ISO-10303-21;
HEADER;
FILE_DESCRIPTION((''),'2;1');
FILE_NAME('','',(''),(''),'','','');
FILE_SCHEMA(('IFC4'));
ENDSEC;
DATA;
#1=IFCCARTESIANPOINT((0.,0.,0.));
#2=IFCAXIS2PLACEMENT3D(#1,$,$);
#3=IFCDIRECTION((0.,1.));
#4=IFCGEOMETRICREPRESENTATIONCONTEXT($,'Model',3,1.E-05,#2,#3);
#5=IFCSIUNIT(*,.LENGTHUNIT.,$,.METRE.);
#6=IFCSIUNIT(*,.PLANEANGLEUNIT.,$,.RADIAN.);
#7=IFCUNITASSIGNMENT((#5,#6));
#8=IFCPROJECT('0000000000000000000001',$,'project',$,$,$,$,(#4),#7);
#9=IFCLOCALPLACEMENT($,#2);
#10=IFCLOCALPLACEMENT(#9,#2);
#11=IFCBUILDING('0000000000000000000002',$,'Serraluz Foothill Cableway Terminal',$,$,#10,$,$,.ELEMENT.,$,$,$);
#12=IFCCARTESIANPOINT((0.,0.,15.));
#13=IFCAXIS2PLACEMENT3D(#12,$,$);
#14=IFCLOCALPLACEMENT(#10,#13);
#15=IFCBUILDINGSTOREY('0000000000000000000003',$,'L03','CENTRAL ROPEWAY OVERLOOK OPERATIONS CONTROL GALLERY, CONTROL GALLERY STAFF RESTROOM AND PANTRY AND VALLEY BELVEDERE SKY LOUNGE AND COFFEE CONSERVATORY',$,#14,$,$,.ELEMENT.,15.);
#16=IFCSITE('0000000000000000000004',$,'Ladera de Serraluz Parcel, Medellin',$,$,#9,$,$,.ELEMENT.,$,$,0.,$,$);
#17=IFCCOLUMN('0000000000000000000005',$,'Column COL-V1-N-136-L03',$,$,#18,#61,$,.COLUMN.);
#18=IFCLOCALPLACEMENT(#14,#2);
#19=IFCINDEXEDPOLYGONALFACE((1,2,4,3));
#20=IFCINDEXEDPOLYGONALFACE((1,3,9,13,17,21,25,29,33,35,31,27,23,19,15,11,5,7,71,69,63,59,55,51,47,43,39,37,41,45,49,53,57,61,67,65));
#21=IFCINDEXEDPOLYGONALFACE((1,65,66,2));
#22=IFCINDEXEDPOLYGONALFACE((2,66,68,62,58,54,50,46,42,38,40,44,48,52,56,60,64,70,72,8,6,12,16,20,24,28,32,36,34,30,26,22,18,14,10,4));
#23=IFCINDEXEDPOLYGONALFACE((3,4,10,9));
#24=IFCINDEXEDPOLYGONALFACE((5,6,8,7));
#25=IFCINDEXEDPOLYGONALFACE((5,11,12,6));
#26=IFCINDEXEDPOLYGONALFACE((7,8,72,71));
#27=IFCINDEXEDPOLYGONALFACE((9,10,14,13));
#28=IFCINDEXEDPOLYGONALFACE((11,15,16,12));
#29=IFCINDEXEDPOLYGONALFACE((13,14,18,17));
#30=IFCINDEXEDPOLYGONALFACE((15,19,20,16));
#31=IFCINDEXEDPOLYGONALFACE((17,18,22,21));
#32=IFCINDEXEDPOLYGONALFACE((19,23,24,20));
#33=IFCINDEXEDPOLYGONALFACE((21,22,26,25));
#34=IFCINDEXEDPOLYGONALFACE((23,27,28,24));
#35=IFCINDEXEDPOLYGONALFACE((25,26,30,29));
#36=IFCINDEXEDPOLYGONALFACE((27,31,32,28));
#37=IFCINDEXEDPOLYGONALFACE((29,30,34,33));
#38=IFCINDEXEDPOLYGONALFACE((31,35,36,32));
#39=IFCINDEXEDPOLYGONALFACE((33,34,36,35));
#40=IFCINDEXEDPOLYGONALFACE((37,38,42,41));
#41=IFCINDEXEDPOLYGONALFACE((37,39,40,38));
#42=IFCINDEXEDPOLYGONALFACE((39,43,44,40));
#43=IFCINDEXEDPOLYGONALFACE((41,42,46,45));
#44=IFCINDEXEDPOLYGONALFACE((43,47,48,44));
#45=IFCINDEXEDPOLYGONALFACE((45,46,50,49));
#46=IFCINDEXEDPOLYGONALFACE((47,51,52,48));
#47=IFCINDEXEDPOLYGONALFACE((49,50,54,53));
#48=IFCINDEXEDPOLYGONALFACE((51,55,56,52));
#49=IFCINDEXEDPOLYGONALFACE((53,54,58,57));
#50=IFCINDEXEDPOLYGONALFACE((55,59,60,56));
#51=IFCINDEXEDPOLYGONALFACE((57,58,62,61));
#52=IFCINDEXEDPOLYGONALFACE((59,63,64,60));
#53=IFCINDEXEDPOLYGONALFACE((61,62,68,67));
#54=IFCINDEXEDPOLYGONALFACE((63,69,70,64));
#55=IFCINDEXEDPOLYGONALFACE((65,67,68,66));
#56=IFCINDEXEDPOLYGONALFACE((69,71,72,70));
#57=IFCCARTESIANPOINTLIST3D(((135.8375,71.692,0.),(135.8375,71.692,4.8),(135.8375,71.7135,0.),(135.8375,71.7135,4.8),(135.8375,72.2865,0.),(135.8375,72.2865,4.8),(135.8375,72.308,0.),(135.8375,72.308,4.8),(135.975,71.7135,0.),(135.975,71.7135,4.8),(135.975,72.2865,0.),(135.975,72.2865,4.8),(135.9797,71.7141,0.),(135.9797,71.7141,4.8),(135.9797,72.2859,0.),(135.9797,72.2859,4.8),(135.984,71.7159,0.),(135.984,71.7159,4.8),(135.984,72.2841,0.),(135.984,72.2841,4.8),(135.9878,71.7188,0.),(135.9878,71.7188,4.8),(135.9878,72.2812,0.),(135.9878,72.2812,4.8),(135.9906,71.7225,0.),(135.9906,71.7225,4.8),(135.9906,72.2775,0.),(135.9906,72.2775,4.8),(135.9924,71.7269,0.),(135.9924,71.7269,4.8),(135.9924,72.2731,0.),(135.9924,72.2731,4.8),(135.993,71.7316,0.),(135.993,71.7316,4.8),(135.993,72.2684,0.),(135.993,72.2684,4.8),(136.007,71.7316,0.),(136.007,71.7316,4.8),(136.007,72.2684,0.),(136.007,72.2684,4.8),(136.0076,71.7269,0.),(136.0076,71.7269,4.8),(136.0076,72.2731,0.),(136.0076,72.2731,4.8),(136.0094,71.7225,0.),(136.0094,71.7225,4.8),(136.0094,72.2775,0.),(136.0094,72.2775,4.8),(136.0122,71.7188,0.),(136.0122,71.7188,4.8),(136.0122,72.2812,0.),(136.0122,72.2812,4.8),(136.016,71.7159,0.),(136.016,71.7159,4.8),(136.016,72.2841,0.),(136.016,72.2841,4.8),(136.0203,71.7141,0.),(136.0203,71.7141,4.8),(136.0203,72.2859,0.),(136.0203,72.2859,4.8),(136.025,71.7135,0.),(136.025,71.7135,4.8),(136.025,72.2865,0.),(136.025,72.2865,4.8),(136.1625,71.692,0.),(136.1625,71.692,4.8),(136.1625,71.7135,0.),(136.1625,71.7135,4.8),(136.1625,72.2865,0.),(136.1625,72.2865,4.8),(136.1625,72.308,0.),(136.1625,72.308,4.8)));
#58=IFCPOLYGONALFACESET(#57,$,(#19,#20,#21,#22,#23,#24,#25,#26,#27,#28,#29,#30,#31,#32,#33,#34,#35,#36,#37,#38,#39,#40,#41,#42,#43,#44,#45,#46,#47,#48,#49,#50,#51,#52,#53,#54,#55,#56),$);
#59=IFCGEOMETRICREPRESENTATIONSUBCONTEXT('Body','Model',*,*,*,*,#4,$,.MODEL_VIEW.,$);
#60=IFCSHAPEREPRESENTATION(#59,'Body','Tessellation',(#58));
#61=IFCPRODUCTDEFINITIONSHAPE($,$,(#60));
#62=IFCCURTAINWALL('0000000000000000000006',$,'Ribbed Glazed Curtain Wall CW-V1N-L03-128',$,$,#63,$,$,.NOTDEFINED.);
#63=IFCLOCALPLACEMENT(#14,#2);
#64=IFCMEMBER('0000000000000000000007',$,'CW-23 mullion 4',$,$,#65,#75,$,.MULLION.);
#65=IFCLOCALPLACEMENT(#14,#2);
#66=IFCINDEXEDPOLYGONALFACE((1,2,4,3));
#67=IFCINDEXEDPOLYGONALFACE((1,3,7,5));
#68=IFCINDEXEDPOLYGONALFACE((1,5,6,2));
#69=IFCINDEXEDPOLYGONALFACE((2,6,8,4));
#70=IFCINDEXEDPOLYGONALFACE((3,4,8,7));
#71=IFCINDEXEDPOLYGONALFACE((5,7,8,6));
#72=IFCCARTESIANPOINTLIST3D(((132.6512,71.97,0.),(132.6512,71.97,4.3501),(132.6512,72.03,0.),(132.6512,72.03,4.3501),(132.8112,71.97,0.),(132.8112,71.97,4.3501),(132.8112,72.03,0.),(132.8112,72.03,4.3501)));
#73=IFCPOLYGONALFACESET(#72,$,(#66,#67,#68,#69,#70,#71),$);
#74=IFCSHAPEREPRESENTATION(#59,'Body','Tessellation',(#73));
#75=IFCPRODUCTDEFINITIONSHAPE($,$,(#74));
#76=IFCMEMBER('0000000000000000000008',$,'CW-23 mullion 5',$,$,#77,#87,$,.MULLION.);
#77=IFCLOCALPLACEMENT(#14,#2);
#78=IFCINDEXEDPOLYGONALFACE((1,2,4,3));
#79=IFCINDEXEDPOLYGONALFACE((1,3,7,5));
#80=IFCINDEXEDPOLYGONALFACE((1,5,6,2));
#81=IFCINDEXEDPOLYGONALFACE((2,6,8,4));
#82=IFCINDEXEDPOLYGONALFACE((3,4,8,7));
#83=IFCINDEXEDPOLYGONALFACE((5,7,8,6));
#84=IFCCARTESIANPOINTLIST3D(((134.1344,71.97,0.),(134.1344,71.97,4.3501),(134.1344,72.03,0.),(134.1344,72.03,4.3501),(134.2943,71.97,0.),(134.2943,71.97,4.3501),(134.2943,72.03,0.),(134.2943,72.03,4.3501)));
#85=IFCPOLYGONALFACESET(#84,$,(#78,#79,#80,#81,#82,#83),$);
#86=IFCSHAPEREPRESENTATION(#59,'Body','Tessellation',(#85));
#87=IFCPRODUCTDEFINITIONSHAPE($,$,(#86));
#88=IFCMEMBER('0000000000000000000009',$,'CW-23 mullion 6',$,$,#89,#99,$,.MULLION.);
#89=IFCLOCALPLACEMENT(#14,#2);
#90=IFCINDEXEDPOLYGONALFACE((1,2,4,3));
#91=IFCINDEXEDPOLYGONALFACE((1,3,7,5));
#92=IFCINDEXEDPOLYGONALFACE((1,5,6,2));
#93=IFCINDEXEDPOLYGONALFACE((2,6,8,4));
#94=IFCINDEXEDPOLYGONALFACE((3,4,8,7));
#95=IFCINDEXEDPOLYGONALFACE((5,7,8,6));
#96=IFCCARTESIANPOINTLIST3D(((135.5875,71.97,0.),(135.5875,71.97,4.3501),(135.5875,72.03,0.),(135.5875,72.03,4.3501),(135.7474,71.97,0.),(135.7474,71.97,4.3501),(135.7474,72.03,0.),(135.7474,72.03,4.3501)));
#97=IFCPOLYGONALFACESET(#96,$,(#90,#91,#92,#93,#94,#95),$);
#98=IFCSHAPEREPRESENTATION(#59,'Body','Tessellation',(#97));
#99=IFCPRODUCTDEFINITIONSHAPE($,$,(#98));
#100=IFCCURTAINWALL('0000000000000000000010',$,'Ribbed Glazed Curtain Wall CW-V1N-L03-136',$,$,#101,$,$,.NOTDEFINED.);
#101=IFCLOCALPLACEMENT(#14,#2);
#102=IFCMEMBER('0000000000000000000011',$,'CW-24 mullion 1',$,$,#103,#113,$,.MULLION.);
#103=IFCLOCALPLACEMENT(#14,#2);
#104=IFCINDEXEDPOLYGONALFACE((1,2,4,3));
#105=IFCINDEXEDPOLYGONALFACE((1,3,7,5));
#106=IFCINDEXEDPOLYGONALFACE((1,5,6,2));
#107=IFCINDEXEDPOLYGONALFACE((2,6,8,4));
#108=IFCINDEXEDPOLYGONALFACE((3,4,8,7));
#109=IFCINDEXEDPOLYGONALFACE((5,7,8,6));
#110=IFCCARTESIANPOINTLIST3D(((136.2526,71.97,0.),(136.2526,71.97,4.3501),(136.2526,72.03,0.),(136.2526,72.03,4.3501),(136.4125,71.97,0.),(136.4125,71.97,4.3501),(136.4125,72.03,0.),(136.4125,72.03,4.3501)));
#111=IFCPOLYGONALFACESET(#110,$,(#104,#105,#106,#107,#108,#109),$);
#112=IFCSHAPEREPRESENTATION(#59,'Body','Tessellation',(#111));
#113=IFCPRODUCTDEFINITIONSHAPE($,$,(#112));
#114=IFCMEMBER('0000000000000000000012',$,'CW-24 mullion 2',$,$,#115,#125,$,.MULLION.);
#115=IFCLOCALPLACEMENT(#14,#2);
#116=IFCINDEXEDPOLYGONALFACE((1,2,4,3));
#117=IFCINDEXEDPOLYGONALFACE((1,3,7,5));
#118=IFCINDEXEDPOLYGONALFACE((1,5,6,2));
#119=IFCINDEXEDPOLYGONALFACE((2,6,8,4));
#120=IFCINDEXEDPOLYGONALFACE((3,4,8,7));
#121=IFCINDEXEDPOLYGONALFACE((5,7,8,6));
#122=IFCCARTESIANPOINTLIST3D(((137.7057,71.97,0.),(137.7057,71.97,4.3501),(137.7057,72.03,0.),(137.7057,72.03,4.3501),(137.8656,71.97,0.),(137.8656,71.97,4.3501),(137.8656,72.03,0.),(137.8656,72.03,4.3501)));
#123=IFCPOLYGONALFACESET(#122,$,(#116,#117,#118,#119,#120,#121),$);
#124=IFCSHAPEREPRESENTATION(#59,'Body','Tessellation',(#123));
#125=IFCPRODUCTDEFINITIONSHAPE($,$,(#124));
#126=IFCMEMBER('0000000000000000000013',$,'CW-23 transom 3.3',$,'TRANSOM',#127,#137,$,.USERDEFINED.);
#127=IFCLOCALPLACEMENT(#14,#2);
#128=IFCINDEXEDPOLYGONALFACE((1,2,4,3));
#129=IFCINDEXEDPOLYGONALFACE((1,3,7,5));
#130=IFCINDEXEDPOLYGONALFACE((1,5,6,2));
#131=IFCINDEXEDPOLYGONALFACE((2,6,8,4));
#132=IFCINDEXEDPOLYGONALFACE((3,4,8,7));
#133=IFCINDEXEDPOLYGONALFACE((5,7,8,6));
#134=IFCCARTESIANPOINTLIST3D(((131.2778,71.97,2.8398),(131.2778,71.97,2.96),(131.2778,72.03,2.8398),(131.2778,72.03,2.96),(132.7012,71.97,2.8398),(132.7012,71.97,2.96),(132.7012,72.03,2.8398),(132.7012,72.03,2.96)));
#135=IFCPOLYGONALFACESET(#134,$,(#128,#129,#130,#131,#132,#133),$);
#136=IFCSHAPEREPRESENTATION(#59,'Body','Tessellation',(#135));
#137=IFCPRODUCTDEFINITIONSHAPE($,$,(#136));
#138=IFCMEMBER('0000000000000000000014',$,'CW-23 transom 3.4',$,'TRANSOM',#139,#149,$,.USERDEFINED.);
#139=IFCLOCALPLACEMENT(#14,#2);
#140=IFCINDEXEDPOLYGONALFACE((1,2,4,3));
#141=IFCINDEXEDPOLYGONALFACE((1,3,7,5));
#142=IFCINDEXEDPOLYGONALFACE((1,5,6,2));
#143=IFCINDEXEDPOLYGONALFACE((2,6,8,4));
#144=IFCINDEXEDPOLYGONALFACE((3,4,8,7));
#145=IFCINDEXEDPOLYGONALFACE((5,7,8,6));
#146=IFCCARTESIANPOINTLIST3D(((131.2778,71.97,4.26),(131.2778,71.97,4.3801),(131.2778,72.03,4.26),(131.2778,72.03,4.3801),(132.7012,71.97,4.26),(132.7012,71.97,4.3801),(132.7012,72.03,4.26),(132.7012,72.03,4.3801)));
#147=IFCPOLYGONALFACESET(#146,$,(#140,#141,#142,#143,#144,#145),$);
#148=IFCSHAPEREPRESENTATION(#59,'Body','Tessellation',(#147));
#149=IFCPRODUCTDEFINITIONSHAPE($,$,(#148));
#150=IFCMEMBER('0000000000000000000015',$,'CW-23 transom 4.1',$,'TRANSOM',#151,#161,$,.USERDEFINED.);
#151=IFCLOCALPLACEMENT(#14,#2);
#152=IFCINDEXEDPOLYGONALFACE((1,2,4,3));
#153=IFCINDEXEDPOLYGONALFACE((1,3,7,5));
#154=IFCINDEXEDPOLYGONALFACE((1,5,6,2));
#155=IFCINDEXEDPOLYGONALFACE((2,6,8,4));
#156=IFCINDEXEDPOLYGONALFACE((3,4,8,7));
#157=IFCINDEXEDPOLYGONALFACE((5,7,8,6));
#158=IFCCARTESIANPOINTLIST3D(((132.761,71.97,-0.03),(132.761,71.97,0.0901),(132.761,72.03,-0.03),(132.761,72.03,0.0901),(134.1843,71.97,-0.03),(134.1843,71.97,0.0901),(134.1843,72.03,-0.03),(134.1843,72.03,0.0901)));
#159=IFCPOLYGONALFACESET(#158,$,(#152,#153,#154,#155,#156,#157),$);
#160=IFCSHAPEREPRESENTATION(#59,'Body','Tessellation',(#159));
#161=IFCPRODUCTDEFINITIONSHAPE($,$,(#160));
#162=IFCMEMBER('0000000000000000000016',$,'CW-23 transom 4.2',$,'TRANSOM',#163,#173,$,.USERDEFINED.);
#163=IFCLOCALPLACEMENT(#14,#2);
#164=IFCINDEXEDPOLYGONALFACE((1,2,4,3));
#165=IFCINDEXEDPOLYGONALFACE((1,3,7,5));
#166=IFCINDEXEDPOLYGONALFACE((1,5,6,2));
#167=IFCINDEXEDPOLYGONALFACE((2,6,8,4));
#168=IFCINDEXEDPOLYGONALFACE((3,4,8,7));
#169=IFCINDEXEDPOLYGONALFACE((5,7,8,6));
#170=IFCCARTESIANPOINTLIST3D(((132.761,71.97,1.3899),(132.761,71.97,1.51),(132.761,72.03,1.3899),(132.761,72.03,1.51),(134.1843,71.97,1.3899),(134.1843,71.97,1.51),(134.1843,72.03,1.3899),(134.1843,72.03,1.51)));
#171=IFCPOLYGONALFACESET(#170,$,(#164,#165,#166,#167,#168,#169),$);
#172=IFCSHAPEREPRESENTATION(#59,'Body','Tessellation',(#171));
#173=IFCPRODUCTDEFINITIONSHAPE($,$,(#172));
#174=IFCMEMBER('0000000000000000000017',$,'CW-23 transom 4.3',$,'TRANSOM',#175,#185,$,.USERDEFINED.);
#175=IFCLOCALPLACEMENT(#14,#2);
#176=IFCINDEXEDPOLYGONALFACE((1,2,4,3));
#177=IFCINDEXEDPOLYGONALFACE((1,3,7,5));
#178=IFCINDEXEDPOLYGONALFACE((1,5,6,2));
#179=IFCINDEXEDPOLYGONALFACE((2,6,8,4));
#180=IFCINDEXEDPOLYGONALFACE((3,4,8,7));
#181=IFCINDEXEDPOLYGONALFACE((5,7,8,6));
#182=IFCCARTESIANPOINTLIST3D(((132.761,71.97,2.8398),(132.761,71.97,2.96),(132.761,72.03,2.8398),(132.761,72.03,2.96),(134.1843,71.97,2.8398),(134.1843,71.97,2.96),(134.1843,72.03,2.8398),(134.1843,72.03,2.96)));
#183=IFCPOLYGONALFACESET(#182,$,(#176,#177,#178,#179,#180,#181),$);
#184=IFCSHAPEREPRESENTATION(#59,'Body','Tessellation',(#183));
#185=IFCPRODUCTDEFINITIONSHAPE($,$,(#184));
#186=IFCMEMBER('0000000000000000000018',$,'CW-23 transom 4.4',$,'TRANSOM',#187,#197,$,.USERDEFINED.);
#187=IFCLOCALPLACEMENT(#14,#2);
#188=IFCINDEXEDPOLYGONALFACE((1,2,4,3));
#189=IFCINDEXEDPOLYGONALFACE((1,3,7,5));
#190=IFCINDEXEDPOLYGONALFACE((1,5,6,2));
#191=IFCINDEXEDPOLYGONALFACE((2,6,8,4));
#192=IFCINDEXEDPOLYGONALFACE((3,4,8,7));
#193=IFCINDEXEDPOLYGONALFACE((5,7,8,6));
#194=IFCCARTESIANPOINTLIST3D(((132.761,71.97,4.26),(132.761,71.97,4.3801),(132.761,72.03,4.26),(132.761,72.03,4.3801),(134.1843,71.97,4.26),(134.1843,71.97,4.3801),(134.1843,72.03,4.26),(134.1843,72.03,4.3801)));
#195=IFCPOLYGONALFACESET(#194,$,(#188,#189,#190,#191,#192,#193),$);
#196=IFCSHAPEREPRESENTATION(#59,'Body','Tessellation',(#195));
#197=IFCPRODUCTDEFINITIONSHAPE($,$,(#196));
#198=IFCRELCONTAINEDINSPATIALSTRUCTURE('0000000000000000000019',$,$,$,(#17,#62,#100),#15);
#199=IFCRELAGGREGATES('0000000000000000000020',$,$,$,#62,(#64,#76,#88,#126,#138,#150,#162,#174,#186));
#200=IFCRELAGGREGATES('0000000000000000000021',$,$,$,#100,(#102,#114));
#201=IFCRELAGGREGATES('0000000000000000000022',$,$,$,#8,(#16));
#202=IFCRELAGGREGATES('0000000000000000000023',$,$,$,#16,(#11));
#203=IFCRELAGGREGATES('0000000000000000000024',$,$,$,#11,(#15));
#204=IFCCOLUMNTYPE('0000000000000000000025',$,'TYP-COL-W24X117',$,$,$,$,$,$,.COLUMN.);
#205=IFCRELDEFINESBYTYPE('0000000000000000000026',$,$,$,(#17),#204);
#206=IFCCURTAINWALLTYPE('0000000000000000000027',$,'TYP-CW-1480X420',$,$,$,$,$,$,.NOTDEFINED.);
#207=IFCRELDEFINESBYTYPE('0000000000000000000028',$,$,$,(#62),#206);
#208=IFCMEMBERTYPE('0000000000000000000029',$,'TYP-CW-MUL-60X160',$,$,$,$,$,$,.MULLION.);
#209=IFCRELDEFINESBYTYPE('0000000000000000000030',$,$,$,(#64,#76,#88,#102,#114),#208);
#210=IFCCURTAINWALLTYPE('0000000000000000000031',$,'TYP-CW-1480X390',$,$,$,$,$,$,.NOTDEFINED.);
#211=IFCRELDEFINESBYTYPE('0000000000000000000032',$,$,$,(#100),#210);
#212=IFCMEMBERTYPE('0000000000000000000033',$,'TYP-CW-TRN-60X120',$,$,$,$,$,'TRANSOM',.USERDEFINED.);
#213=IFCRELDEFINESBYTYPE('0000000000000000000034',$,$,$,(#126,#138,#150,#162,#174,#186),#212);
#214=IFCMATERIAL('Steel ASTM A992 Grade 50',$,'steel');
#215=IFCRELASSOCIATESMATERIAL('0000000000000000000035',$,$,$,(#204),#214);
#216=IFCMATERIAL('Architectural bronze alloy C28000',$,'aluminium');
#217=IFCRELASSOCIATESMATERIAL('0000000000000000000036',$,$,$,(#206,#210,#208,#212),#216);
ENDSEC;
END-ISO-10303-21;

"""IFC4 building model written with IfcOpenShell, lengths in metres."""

from ifc_helpers import new_model, si_unit, direction, frame, origin, origin_2d, place, context, subcontext, project, spatial, rectangle, i_section, extrude, material, material_profile, profile_set, type_object, element, aggregate, save


model = new_model("IFC4")

# Units and contexts
model_context = context("Model", 3, precision=1e-05, world=origin(), true_north=direction((0.0, 1.0)))
body_context = subcontext(model_context, "Body", "Model", "MODEL_VIEW")
ifc_project = project(units=[si_unit("LENGTHUNIT", "METRE"), si_unit("PLANEANGLEUNIT", "RADIAN")], contexts=[model_context])

# Site, building, storey
site_placement = place(None, origin())
site = spatial("IfcSite", under=ifc_project, at=site_placement, Name="Ladera de Serraluz Parcel, Medellin", CompositionType="ELEMENT", RefElevation=0.0)
building_placement = place(site_placement, origin())
building = spatial("IfcBuilding", under=site, at=building_placement, Name="Serraluz Foothill Cableway Terminal", CompositionType="ELEMENT")
storey_placement = place(building_placement, frame((0.0, 0.0, 15.0)))
storey = spatial("IfcBuildingStorey", under=building, at=storey_placement, Name="L03", Description="CENTRAL ROPEWAY OVERLOOK OPERATIONS CONTROL GALLERY, CONTROL GALLERY STAFF RESTROOM AND PANTRY AND VALLEY BELVEDERE SKY LOUNGE AND COFFEE CONSERVATORY", CompositionType="ELEMENT", Elevation=15.0)

# Column
ifc_material_1 = material(Name="Steel ASTM A992 Grade 50", Category="steel")
ifc_material_profile_1 = material_profile(ifc_material_1, i_section(OverallWidth=0.325, OverallDepth=0.616, WebThickness=0.0139, FlangeThickness=0.0215, FilletRadius=0.0181, at=origin_2d()), Name="W24X117")
ifc_profile_set_1 = profile_set([ifc_material_profile_1], Name="Steel ASTM A992 Grade 50")
column_type = type_object("IfcColumnType", Name="TYP-COL-W24X117", PredefinedType="COLUMN", material=ifc_profile_set_1)
column_placement = place(storey_placement, frame((136.0, 72.0, 0.0), z_axis=(0.0, 0.0, 1.0), x_axis=(1.0, 0.0, 0.0)))
element("IfcColumn", 1, at=column_placement, inside=storey, type_object=column_type, Name="Column COL-V1-N-136-L03", PredefinedType="COLUMN", context=body_context, shape_type="SweptSolid", body=[
    extrude(i_section(OverallWidth=0.325, OverallDepth=0.616, WebThickness=0.0139, FlangeThickness=0.0215, FilletRadius=0.0181, at=origin_2d()), origin(), (0.0, 0.0, 1.0), 4.8),
])

# Curtain walls, members
ifc_material_2 = material(Name="Architectural bronze alloy C28000", Category="aluminium")
curtain_wall_type_1 = type_object("IfcCurtainWallType", Name="TYP-CW-1480X420", PredefinedType="NOTDEFINED", material=ifc_material_2)
curtain_wall_1_placement = place(storey_placement, origin())
curtain_wall_1 = element("IfcCurtainWall", 2, at=curtain_wall_1_placement, inside=storey, type_object=curtain_wall_type_1, Name="Ribbed Glazed Curtain Wall CW-V1N-L03-128", PredefinedType="NOTDEFINED")
ifc_material_profile_2 = material_profile(ifc_material_2, rectangle(XDim=0.0601, YDim=0.1599, at=origin_2d()), Name="ALU MULLION 60x160")
ifc_profile_set_2 = profile_set([ifc_material_profile_2], Name="Architectural bronze alloy C28000")
member_type_1 = type_object("IfcMemberType", Name="TYP-CW-MUL-60X160", PredefinedType="MULLION", material=ifc_profile_set_2)
member_1_placement = place(storey_placement, frame((132.7312, 72.0, 0.0), z_axis=(0.0, 0.0, 1.0), x_axis=(0.0, 1.0, 0.0)))
member_1 = element("IfcMember", 3, at=member_1_placement, type_object=member_type_1, Name="CW-23 mullion 4", PredefinedType="MULLION", context=body_context, shape_type="SweptSolid", body=[
    extrude(rectangle(XDim=0.0601, YDim=0.1599, at=origin_2d()), origin(), (0.0, 0.0, 1.0), 4.3501),
])
member_2_placement = place(storey_placement, frame((134.2144, 72.0, 0.0), z_axis=(0.0, 0.0, 1.0), x_axis=(0.0, 1.0, 0.0)))
member_2 = element("IfcMember", 4, at=member_2_placement, type_object=member_type_1, Name="CW-23 mullion 5", PredefinedType="MULLION", context=body_context, shape_type="SweptSolid", body=[
    extrude(rectangle(XDim=0.0601, YDim=0.1599, at=origin_2d()), origin(), (0.0, 0.0, 1.0), 4.3501),
])
member_3_placement = place(storey_placement, frame((135.6675, 72.0, 0.0), z_axis=(0.0, 0.0, 1.0), x_axis=(0.0, 1.0, 0.0)))
member_3 = element("IfcMember", 5, at=member_3_placement, type_object=member_type_1, Name="CW-23 mullion 6", PredefinedType="MULLION", context=body_context, shape_type="SweptSolid", body=[
    extrude(rectangle(XDim=0.0601, YDim=0.1599, at=origin_2d()), origin(), (0.0, 0.0, 1.0), 4.3501),
])
curtain_wall_type_2 = type_object("IfcCurtainWallType", Name="TYP-CW-1480X390", PredefinedType="NOTDEFINED", material=ifc_material_2)
curtain_wall_2_placement = place(storey_placement, origin())
curtain_wall_2 = element("IfcCurtainWall", 6, at=curtain_wall_2_placement, inside=storey, type_object=curtain_wall_type_2, Name="Ribbed Glazed Curtain Wall CW-V1N-L03-136", PredefinedType="NOTDEFINED")
member_4_placement = place(storey_placement, frame((136.3325, 72.0, 0.0), z_axis=(0.0, 0.0, 1.0), x_axis=(0.0, 1.0, 0.0)))
member_4 = element("IfcMember", 7, at=member_4_placement, type_object=member_type_1, Name="CW-24 mullion 1", PredefinedType="MULLION", context=body_context, shape_type="SweptSolid", body=[
    extrude(rectangle(XDim=0.0601, YDim=0.1599, at=origin_2d()), origin(), (0.0, 0.0, 1.0), 4.3501),
])
member_5_placement = place(storey_placement, frame((137.7856, 72.0, 0.0), z_axis=(0.0, 0.0, 1.0), x_axis=(0.0, 1.0, 0.0)))
member_5 = element("IfcMember", 8, at=member_5_placement, type_object=member_type_1, Name="CW-24 mullion 2", PredefinedType="MULLION", context=body_context, shape_type="SweptSolid", body=[
    extrude(rectangle(XDim=0.0601, YDim=0.1599, at=origin_2d()), origin(), (0.0, 0.0, 1.0), 4.3501),
])

# Members
ifc_material_profile_3 = material_profile(ifc_material_2, rectangle(XDim=0.0601, YDim=0.1201, at=origin_2d()), Name="ALU TRANSOM 60x120")
ifc_profile_set_3 = profile_set([ifc_material_profile_3], Name="Architectural bronze alloy C28000")
member_type_2 = type_object("IfcMemberType", Name="TYP-CW-TRN-60X120", ElementType="TRANSOM", PredefinedType="USERDEFINED", material=ifc_profile_set_3)
member_6_placement = place(storey_placement, frame((131.2778, 72.0, 2.8999), z_axis=(1.0, 0.0, 0.0), x_axis=(0.0, 1.0, 0.0)))
member_6 = element("IfcMember", 9, at=member_6_placement, type_object=member_type_2, Name="CW-23 transom 3.3", ObjectType="TRANSOM", PredefinedType="USERDEFINED", context=body_context, shape_type="SweptSolid", body=[
    extrude(rectangle(XDim=0.0601, YDim=0.1201, at=origin_2d()), origin(), (0.0, 0.0, 1.0), 1.4233),
])
member_7_placement = place(storey_placement, frame((131.2778, 72.0, 4.3201), z_axis=(1.0, 0.0, 0.0), x_axis=(0.0, 1.0, 0.0)))
member_7 = element("IfcMember", 10, at=member_7_placement, type_object=member_type_2, Name="CW-23 transom 3.4", ObjectType="TRANSOM", PredefinedType="USERDEFINED", context=body_context, shape_type="SweptSolid", body=[
    extrude(rectangle(XDim=0.0601, YDim=0.1201, at=origin_2d()), origin(), (0.0, 0.0, 1.0), 1.4233),
])
member_8_placement = place(storey_placement, frame((132.761, 72.0, 0.03), z_axis=(1.0, 0.0, 0.0), x_axis=(0.0, 1.0, 0.0)))
member_8 = element("IfcMember", 11, at=member_8_placement, type_object=member_type_2, Name="CW-23 transom 4.1", ObjectType="TRANSOM", PredefinedType="USERDEFINED", context=body_context, shape_type="SweptSolid", body=[
    extrude(rectangle(XDim=0.0601, YDim=0.1201, at=origin_2d()), origin(), (0.0, 0.0, 1.0), 1.4233),
])
member_9_placement = place(storey_placement, frame((132.761, 72.0, 1.45), z_axis=(1.0, 0.0, 0.0), x_axis=(0.0, 1.0, 0.0)))
member_9 = element("IfcMember", 12, at=member_9_placement, type_object=member_type_2, Name="CW-23 transom 4.2", ObjectType="TRANSOM", PredefinedType="USERDEFINED", context=body_context, shape_type="SweptSolid", body=[
    extrude(rectangle(XDim=0.0601, YDim=0.1201, at=origin_2d()), origin(), (0.0, 0.0, 1.0), 1.4233),
])
member_10_placement = place(storey_placement, frame((132.761, 72.0, 2.8999), z_axis=(1.0, 0.0, 0.0), x_axis=(0.0, 1.0, 0.0)))
member_10 = element("IfcMember", 13, at=member_10_placement, type_object=member_type_2, Name="CW-23 transom 4.3", ObjectType="TRANSOM", PredefinedType="USERDEFINED", context=body_context, shape_type="SweptSolid", body=[
    extrude(rectangle(XDim=0.0601, YDim=0.1201, at=origin_2d()), origin(), (0.0, 0.0, 1.0), 1.4233),
])
member_11_placement = place(storey_placement, frame((132.761, 72.0, 4.3201), z_axis=(1.0, 0.0, 0.0), x_axis=(0.0, 1.0, 0.0)))
member_11 = element("IfcMember", 14, at=member_11_placement, type_object=member_type_2, Name="CW-23 transom 4.4", ObjectType="TRANSOM", PredefinedType="USERDEFINED", context=body_context, shape_type="SweptSolid", body=[
    extrude(rectangle(XDim=0.0601, YDim=0.1201, at=origin_2d()), origin(), (0.0, 0.0, 1.0), 1.4233),
])

aggregate(curtain_wall_1, [member_1, member_2, member_3, member_6, member_7, member_8, member_9, member_10, member_11])
aggregate(curtain_wall_2, [member_4, member_5])

save(model, "model.ifc")
